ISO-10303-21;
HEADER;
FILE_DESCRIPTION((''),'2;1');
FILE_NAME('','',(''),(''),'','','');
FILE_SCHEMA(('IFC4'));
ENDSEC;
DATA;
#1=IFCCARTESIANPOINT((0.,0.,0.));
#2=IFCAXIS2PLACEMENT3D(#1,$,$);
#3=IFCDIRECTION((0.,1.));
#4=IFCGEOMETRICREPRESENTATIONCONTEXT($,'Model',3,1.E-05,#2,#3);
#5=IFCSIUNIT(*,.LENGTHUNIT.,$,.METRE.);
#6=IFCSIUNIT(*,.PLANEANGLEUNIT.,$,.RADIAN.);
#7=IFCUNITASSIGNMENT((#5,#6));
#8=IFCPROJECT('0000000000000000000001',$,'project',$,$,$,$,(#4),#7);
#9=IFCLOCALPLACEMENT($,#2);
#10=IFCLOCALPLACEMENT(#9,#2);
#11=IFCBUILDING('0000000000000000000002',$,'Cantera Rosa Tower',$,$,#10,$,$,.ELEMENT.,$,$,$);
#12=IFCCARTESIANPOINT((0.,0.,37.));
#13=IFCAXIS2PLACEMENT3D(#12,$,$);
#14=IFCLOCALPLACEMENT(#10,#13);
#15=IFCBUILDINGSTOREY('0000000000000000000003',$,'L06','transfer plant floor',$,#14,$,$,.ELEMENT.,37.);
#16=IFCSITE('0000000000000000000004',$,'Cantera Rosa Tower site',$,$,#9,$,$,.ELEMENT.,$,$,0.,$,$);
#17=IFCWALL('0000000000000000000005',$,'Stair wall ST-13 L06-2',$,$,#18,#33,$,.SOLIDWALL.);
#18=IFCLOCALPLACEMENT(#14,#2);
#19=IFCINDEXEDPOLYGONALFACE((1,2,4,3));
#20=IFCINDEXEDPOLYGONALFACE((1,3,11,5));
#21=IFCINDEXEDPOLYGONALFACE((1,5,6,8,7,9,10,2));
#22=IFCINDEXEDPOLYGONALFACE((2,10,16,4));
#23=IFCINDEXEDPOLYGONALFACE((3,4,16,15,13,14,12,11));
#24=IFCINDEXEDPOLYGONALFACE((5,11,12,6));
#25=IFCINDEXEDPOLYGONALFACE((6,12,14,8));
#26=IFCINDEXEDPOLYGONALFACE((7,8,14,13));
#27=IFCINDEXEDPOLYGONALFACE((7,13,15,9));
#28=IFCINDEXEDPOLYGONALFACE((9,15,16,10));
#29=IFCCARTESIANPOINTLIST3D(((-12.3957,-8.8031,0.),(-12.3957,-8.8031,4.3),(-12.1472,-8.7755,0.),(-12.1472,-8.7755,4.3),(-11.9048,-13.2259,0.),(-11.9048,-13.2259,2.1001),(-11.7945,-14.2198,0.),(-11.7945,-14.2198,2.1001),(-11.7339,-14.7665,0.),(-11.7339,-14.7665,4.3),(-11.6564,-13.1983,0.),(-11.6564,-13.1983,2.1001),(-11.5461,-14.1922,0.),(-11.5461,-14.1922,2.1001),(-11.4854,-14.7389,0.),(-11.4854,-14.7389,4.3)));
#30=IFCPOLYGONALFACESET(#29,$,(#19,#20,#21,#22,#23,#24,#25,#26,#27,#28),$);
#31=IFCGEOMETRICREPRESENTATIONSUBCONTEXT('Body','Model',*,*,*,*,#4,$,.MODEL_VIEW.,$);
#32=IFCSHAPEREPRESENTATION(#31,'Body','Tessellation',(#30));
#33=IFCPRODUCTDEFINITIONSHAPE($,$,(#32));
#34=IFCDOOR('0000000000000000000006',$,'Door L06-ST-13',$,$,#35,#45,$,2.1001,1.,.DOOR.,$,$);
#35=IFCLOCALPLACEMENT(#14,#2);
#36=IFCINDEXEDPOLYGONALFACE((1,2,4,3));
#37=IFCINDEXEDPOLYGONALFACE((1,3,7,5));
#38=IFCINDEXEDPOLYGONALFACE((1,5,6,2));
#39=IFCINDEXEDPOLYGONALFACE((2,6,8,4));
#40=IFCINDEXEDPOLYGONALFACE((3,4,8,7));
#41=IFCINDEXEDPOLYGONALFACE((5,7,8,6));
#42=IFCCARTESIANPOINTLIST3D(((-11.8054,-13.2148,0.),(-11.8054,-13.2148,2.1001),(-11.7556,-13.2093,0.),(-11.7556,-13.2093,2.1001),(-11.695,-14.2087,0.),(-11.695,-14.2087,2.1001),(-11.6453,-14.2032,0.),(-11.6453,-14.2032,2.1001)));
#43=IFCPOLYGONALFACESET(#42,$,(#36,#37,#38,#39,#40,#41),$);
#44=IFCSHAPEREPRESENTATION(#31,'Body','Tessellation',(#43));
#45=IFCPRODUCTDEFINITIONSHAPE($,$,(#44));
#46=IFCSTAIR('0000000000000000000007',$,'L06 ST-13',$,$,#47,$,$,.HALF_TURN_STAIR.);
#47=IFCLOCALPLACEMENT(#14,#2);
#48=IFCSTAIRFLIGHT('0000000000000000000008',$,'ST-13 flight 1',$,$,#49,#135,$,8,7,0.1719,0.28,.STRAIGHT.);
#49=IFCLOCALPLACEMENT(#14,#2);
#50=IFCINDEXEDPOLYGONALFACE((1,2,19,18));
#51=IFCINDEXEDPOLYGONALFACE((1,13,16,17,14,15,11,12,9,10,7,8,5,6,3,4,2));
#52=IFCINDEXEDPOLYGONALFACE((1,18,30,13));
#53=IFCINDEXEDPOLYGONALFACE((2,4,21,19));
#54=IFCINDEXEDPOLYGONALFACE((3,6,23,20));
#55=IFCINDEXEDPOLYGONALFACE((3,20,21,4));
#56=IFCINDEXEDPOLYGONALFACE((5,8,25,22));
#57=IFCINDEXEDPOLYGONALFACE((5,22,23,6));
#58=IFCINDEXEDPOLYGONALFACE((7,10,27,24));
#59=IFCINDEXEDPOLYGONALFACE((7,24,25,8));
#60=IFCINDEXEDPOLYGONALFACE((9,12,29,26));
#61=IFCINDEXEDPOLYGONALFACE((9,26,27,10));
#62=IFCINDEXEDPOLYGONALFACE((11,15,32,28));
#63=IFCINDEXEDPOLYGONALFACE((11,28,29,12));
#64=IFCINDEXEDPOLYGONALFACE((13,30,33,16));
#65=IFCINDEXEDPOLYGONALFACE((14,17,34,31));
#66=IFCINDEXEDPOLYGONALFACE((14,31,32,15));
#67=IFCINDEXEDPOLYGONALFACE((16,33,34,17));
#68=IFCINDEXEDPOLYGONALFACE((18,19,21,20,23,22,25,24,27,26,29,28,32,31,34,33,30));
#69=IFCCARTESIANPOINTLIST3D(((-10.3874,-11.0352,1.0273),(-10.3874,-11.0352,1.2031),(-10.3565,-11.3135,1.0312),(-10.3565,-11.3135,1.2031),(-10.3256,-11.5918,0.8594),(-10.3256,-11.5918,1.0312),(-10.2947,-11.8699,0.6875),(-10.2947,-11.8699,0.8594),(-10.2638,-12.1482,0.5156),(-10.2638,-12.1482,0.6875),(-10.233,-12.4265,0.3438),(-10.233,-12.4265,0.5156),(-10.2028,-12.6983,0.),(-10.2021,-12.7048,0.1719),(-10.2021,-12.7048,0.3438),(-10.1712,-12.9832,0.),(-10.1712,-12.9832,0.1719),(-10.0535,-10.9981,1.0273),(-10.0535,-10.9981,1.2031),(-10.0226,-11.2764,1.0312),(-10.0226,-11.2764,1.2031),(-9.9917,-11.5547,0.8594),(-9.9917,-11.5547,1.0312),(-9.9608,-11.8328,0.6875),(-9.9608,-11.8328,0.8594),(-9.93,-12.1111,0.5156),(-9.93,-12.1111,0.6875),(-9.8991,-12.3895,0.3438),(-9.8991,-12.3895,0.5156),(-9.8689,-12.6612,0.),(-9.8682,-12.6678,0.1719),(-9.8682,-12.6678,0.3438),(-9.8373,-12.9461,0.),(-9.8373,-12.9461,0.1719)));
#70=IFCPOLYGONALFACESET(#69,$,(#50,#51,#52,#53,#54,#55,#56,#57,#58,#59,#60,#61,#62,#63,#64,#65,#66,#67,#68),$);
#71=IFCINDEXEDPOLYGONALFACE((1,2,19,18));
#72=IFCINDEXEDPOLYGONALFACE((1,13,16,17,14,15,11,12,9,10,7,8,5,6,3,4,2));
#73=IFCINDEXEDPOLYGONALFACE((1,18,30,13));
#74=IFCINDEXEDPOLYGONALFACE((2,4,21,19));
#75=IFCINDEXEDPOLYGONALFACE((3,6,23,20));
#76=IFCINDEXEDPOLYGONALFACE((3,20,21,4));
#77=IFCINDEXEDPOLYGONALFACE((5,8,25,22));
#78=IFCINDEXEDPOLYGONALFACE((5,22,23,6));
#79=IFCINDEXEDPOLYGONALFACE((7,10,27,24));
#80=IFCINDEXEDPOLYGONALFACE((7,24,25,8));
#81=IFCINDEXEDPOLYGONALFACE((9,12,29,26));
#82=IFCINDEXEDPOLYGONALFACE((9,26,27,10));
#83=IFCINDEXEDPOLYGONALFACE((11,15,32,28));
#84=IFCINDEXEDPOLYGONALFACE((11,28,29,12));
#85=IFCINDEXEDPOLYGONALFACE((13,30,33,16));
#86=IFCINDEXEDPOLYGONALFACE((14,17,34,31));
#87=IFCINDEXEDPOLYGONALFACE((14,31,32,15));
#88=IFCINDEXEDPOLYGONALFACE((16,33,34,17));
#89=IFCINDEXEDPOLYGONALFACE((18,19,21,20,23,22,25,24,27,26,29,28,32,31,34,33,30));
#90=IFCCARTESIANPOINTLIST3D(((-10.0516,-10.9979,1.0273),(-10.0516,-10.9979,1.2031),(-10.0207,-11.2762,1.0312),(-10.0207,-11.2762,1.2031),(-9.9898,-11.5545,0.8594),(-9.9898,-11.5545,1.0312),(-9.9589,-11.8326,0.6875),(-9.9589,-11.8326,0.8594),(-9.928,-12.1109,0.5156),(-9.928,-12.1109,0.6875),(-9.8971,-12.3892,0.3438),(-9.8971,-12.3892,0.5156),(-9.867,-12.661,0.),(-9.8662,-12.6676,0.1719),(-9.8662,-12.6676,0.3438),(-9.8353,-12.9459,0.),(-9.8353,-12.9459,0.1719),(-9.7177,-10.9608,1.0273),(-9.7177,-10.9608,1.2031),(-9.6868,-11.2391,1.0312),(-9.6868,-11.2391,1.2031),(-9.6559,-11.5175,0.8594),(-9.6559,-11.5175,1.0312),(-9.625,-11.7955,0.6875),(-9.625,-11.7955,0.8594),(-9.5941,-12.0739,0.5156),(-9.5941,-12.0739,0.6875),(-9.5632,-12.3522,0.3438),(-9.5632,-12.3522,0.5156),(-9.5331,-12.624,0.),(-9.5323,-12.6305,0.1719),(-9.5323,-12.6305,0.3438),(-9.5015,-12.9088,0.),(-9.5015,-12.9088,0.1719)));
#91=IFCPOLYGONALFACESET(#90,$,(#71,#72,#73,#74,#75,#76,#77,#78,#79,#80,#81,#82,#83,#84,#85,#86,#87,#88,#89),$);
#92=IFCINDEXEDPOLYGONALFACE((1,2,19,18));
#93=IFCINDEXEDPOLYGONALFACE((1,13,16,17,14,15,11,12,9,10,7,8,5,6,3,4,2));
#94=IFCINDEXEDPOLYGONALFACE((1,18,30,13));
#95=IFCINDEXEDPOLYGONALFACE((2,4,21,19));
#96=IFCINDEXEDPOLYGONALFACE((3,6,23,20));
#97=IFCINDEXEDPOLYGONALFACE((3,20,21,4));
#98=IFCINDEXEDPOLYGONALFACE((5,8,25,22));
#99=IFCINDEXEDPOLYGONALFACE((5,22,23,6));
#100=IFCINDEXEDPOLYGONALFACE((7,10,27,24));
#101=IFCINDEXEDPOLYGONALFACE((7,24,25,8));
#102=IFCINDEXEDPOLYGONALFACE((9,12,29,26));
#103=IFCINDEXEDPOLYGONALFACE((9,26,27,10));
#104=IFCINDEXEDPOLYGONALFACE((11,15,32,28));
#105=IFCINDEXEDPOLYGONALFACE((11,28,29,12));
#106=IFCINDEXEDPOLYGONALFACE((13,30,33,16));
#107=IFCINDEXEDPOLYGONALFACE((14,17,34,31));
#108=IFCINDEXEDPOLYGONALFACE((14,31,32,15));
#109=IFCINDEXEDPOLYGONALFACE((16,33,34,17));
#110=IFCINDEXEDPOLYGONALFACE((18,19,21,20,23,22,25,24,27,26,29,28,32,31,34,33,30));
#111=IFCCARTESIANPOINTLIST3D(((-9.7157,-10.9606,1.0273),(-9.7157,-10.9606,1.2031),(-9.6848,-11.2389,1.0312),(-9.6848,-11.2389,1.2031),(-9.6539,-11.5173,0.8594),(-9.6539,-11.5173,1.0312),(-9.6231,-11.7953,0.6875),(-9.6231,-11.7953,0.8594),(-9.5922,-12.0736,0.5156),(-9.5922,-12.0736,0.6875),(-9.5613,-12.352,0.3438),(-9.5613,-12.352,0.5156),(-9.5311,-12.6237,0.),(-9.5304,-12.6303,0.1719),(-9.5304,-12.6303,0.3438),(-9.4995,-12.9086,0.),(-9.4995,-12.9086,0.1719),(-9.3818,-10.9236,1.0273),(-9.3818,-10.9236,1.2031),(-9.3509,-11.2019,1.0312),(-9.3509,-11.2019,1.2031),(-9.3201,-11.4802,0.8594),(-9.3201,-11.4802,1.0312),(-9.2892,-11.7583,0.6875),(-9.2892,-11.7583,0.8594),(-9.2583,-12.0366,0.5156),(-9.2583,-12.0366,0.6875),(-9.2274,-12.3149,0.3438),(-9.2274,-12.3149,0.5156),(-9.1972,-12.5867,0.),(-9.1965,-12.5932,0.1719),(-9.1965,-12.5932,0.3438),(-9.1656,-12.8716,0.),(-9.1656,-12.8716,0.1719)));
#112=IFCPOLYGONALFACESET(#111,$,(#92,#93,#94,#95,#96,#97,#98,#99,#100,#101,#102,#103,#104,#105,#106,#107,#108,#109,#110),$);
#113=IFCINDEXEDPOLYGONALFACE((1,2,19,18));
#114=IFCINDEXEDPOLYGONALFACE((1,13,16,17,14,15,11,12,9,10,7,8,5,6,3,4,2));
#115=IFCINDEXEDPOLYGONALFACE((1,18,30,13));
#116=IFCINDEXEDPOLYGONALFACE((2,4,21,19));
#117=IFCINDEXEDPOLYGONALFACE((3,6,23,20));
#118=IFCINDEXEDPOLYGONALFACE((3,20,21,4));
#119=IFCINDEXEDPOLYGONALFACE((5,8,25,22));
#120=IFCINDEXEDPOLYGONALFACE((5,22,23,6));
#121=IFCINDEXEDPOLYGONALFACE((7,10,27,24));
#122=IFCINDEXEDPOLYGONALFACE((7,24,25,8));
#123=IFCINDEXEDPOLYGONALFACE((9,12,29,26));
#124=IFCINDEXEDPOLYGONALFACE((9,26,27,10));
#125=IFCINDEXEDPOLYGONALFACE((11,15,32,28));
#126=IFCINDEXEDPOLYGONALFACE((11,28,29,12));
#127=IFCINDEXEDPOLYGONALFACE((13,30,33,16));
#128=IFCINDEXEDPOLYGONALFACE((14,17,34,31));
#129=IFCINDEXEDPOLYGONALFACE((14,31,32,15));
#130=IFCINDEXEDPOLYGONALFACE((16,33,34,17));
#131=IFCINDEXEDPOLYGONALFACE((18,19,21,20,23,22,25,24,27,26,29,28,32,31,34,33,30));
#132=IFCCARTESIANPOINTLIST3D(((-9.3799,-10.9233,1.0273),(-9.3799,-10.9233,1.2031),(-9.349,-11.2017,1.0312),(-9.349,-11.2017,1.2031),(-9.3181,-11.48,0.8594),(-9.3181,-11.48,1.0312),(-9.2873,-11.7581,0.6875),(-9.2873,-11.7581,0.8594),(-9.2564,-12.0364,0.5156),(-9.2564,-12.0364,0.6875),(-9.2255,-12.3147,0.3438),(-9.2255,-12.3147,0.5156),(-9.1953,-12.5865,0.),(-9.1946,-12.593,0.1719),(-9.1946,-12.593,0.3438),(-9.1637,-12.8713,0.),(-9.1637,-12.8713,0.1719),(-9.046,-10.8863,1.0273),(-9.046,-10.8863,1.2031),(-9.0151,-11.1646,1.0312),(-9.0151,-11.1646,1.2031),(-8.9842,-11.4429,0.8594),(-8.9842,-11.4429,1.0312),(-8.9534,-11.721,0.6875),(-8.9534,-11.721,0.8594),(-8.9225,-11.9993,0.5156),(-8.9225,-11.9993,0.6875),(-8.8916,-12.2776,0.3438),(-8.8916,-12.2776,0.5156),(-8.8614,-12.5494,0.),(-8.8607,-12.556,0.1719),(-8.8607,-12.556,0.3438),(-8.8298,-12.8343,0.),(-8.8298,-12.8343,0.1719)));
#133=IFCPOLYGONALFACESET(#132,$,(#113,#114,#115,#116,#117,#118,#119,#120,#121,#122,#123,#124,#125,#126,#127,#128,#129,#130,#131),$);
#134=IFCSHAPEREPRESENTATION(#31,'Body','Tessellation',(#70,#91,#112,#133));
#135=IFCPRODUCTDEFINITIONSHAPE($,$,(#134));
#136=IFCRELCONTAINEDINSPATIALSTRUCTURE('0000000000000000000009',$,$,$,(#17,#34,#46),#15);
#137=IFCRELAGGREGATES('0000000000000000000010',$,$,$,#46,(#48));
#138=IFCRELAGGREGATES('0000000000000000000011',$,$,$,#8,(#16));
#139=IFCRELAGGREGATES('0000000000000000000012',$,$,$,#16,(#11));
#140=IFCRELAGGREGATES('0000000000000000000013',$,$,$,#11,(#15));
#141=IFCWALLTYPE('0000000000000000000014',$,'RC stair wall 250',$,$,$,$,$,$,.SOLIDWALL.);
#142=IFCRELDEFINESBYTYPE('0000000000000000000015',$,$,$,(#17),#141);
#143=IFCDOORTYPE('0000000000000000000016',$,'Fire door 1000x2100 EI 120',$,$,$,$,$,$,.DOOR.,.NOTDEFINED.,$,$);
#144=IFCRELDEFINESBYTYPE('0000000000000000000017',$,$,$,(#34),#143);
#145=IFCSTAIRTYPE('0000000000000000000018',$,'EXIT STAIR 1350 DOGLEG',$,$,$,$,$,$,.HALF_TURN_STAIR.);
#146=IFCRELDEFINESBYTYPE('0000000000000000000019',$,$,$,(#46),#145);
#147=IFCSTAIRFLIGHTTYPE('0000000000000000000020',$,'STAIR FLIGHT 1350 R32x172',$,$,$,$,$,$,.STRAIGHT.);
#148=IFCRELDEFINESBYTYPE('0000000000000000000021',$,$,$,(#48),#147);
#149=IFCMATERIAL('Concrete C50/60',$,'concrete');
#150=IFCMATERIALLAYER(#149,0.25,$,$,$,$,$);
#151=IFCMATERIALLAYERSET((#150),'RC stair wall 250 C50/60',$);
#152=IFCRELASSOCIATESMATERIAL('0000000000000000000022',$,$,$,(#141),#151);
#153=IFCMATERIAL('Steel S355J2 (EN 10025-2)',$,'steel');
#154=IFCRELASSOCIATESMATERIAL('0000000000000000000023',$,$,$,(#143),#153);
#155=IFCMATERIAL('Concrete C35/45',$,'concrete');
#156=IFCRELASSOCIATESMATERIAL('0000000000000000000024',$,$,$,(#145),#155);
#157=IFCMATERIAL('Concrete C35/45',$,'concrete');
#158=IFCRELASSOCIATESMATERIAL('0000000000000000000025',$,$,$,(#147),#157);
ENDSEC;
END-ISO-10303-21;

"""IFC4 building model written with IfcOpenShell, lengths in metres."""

from ifc_helpers import new_model, si_unit, direction, frame, frame_2d, origin, place, context, subcontext, project, spatial, polyline, rectangle, outline, extrude, material, layer, layer_set, type_object, element, fill, aggregate, save


model = new_model("IFC4")

# Units and contexts
model_context = context("Model", 3, precision=1e-05, world=origin(), true_north=direction((0.0, 1.0)))
body_context = subcontext(model_context, "Body", "Model", "MODEL_VIEW")
ifc_project = project(units=[si_unit("LENGTHUNIT", "METRE"), si_unit("PLANEANGLEUNIT", "RADIAN")], contexts=[model_context])

# Site, building, storey
site_placement = place(None, origin())
site = spatial("IfcSite", under=ifc_project, at=site_placement, Name="Cantera Rosa Tower site", CompositionType="ELEMENT", RefElevation=0.0)
building_placement = place(site_placement, origin())
building = spatial("IfcBuilding", under=site, at=building_placement, Name="Cantera Rosa Tower", CompositionType="ELEMENT")
storey_placement = place(building_placement, frame((0.0, 0.0, 37.0)))
storey = spatial("IfcBuildingStorey", under=building, at=storey_placement, Name="L06", Description="transfer plant floor", CompositionType="ELEMENT", Elevation=37.0)

# Shared definitions
ifc_material_1 = material(Name="Concrete C50/60", Category="concrete")
ifc_layer_1 = layer(ifc_material_1, 0.25)
ifc_layer_set_1 = layer_set([ifc_layer_1], Name="RC stair wall 250 C50/60")
wall_type_1 = type_object("IfcWallType", Name="RC stair wall 250", PredefinedType="SOLIDWALL", material=ifc_layer_set_1)

# Wall, opening, door
wall_1_placement = place(storey_placement, frame((-11.6096, -14.7527, 0.0), z_axis=(0.0, 0.0, 1.0), x_axis=(-0.110311, 0.993897, 0.0)))
wall_1 = element("IfcWall", 1, at=wall_1_placement, inside=storey, type_object=wall_type_1, Name="Stair wall ST-13 L06-2", PredefinedType="SOLIDWALL", context=body_context, shape_type="SweptSolid", body=[
    extrude(rectangle(XDim=6.0, YDim=0.25, at=frame_2d((3.0, 0.0))), origin(), (0.0, 0.0, 1.0), 4.3),
])
opening_1_placement = place(wall_1_placement, frame((0.55, 0.0, 0.0)))
opening_1 = element("IfcOpeningElement", 2, at=opening_1_placement, cuts=wall_1, PredefinedType="OPENING", context=body_context, shape_type="SweptSolid", body=[
    extrude(rectangle(XDim=1.0, YDim=2.1001, at=frame_2d((0.5, 1.05))), frame((0.0, 0.135, 0.0), z_axis=(0.0, -1.0, 0.0), x_axis=(1.0, 0.0, 0.0)), (0.0, 0.0, 1.0), 0.27),
])
ifc_material_2 = material(Name="Steel S355J2 (EN 10025-2)", Category="steel")
door_type_1 = type_object("IfcDoorType", Name="Fire door 1000x2100 EI 120", OperationType="NOTDEFINED", PredefinedType="DOOR", material=ifc_material_2)
door_1_placement = place(opening_1_placement, origin())
door_1 = element("IfcDoor", 3, at=door_1_placement, inside=storey, type_object=door_type_1, Name="Door L06-ST-13", OverallHeight=2.1001, OverallWidth=1.0, PredefinedType="DOOR", context=body_context, shape_type="SweptSolid", body=[
    extrude(rectangle(XDim=1.0, YDim=2.1001, at=frame_2d((0.5, 1.05))), frame((0.0, 0.0249, 0.0), z_axis=(0.0, -1.0, 0.0), x_axis=(1.0, 0.0, 0.0)), (0.0, 0.0, 1.0), 0.05),
])
fill(opening_1, door_1)

# Stair, stair flight
ifc_material_3 = material(Name="Concrete C35/45", Category="concrete")
stair_type = type_object("IfcStairType", Name="EXIT STAIR 1350 DOGLEG", PredefinedType="HALF_TURN_STAIR", material=ifc_material_3)
stair_placement = place(storey_placement, origin())
stair = element("IfcStair", 4, at=stair_placement, inside=storey, type_object=stair_type, Name="L06 ST-13", PredefinedType="HALF_TURN_STAIR")
ifc_material_4 = material(Name="Concrete C35/45", Category="concrete")
stair_flight_type = type_object("IfcStairFlightType", Name="STAIR FLIGHT 1350 R32x172", PredefinedType="STRAIGHT", material=ifc_material_4)
stair_flight_1_placement = place(storey_placement, frame((-9.5002, -12.9087, 0.0), z_axis=(0.0, 0.0, 1.0), x_axis=(-0.110313, 0.993897, 0.0)))
stair_flight_1 = element("IfcStairFlight", 5, at=stair_flight_1_placement, type_object=stair_flight_type, Name="ST-13 flight 1", NumberOfRisers=8, NumberOfTreads=7, PredefinedType="STRAIGHT", RiserHeight=0.1719, TreadLength=0.28, context=body_context, shape_type="SweptSolid", body=[
    extrude(outline(polyline([(0.0, 0.0), (0.0, 0.1719), (0.28, 0.1719), (0.28, 0.3438), (0.5601, 0.3438), (0.5601, 0.5156), (0.8401, 0.5156), (0.8401, 0.6875), (1.1201, 0.6875), (1.1201, 0.8594), (1.3999, 0.8594), (1.3999, 1.0312), (1.6799, 1.0312), (1.6799, 1.2031), (1.96, 1.2031), (1.96, 1.375), (1.96, 1.0273), (0.2866, 0.0), (0.0, 0.0)])), frame((0.0, 0.675, 0.0), z_axis=(0.0, -1.0, 0.0), x_axis=(1.0, 0.0, 0.0)), (0.0, 0.0, 1.0), 0.3359),
    extrude(outline(polyline([(0.0, 0.0), (0.0, 0.1719), (0.28, 0.1719), (0.28, 0.3438), (0.5601, 0.3438), (0.5601, 0.5156), (0.8401, 0.5156), (0.8401, 0.6875), (1.1201, 0.6875), (1.1201, 0.8594), (1.3999, 0.8594), (1.3999, 1.0312), (1.6799, 1.0312), (1.6799, 1.2031), (1.96, 1.2031), (1.96, 1.375), (1.96, 1.0273), (0.2866, 0.0), (0.0, 0.0)])), frame((0.0, 0.3372, 0.0), z_axis=(0.0, -1.0, 0.0), x_axis=(1.0, 0.0, 0.0)), (0.0, 0.0, 1.0), 0.3359),
    extrude(outline(polyline([(0.0, 0.0), (0.0, 0.1719), (0.28, 0.1719), (0.28, 0.3438), (0.5601, 0.3438), (0.5601, 0.5156), (0.8401, 0.5156), (0.8401, 0.6875), (1.1201, 0.6875), (1.1201, 0.8594), (1.3999, 0.8594), (1.3999, 1.0312), (1.6799, 1.0312), (1.6799, 1.2031), (1.96, 1.2031), (1.96, 1.375), (1.96, 1.0273), (0.2866, 0.0), (0.0, 0.0)])), frame((0.0, -0.0007, 0.0), z_axis=(0.0, -1.0, 0.0), x_axis=(1.0, 0.0, 0.0)), (0.0, 0.0, 1.0), 0.3359),
    extrude(outline(polyline([(0.0, 0.0), (0.0, 0.1719), (0.28, 0.1719), (0.28, 0.3438), (0.5601, 0.3438), (0.5601, 0.5156), (0.8401, 0.5156), (0.8401, 0.6875), (1.1201, 0.6875), (1.1201, 0.8594), (1.3999, 0.8594), (1.3999, 1.0312), (1.6799, 1.0312), (1.6799, 1.2031), (1.96, 1.2031), (1.96, 1.375), (1.96, 1.0273), (0.2866, 0.0), (0.0, 0.0)])), frame((0.0, -0.3386, 0.0), z_axis=(0.0, -1.0, 0.0), x_axis=(1.0, 0.0, 0.0)), (0.0, 0.0, 1.0), 0.3359),
])
aggregate(stair, [stair_flight_1])

save(model, "model.ifc")
